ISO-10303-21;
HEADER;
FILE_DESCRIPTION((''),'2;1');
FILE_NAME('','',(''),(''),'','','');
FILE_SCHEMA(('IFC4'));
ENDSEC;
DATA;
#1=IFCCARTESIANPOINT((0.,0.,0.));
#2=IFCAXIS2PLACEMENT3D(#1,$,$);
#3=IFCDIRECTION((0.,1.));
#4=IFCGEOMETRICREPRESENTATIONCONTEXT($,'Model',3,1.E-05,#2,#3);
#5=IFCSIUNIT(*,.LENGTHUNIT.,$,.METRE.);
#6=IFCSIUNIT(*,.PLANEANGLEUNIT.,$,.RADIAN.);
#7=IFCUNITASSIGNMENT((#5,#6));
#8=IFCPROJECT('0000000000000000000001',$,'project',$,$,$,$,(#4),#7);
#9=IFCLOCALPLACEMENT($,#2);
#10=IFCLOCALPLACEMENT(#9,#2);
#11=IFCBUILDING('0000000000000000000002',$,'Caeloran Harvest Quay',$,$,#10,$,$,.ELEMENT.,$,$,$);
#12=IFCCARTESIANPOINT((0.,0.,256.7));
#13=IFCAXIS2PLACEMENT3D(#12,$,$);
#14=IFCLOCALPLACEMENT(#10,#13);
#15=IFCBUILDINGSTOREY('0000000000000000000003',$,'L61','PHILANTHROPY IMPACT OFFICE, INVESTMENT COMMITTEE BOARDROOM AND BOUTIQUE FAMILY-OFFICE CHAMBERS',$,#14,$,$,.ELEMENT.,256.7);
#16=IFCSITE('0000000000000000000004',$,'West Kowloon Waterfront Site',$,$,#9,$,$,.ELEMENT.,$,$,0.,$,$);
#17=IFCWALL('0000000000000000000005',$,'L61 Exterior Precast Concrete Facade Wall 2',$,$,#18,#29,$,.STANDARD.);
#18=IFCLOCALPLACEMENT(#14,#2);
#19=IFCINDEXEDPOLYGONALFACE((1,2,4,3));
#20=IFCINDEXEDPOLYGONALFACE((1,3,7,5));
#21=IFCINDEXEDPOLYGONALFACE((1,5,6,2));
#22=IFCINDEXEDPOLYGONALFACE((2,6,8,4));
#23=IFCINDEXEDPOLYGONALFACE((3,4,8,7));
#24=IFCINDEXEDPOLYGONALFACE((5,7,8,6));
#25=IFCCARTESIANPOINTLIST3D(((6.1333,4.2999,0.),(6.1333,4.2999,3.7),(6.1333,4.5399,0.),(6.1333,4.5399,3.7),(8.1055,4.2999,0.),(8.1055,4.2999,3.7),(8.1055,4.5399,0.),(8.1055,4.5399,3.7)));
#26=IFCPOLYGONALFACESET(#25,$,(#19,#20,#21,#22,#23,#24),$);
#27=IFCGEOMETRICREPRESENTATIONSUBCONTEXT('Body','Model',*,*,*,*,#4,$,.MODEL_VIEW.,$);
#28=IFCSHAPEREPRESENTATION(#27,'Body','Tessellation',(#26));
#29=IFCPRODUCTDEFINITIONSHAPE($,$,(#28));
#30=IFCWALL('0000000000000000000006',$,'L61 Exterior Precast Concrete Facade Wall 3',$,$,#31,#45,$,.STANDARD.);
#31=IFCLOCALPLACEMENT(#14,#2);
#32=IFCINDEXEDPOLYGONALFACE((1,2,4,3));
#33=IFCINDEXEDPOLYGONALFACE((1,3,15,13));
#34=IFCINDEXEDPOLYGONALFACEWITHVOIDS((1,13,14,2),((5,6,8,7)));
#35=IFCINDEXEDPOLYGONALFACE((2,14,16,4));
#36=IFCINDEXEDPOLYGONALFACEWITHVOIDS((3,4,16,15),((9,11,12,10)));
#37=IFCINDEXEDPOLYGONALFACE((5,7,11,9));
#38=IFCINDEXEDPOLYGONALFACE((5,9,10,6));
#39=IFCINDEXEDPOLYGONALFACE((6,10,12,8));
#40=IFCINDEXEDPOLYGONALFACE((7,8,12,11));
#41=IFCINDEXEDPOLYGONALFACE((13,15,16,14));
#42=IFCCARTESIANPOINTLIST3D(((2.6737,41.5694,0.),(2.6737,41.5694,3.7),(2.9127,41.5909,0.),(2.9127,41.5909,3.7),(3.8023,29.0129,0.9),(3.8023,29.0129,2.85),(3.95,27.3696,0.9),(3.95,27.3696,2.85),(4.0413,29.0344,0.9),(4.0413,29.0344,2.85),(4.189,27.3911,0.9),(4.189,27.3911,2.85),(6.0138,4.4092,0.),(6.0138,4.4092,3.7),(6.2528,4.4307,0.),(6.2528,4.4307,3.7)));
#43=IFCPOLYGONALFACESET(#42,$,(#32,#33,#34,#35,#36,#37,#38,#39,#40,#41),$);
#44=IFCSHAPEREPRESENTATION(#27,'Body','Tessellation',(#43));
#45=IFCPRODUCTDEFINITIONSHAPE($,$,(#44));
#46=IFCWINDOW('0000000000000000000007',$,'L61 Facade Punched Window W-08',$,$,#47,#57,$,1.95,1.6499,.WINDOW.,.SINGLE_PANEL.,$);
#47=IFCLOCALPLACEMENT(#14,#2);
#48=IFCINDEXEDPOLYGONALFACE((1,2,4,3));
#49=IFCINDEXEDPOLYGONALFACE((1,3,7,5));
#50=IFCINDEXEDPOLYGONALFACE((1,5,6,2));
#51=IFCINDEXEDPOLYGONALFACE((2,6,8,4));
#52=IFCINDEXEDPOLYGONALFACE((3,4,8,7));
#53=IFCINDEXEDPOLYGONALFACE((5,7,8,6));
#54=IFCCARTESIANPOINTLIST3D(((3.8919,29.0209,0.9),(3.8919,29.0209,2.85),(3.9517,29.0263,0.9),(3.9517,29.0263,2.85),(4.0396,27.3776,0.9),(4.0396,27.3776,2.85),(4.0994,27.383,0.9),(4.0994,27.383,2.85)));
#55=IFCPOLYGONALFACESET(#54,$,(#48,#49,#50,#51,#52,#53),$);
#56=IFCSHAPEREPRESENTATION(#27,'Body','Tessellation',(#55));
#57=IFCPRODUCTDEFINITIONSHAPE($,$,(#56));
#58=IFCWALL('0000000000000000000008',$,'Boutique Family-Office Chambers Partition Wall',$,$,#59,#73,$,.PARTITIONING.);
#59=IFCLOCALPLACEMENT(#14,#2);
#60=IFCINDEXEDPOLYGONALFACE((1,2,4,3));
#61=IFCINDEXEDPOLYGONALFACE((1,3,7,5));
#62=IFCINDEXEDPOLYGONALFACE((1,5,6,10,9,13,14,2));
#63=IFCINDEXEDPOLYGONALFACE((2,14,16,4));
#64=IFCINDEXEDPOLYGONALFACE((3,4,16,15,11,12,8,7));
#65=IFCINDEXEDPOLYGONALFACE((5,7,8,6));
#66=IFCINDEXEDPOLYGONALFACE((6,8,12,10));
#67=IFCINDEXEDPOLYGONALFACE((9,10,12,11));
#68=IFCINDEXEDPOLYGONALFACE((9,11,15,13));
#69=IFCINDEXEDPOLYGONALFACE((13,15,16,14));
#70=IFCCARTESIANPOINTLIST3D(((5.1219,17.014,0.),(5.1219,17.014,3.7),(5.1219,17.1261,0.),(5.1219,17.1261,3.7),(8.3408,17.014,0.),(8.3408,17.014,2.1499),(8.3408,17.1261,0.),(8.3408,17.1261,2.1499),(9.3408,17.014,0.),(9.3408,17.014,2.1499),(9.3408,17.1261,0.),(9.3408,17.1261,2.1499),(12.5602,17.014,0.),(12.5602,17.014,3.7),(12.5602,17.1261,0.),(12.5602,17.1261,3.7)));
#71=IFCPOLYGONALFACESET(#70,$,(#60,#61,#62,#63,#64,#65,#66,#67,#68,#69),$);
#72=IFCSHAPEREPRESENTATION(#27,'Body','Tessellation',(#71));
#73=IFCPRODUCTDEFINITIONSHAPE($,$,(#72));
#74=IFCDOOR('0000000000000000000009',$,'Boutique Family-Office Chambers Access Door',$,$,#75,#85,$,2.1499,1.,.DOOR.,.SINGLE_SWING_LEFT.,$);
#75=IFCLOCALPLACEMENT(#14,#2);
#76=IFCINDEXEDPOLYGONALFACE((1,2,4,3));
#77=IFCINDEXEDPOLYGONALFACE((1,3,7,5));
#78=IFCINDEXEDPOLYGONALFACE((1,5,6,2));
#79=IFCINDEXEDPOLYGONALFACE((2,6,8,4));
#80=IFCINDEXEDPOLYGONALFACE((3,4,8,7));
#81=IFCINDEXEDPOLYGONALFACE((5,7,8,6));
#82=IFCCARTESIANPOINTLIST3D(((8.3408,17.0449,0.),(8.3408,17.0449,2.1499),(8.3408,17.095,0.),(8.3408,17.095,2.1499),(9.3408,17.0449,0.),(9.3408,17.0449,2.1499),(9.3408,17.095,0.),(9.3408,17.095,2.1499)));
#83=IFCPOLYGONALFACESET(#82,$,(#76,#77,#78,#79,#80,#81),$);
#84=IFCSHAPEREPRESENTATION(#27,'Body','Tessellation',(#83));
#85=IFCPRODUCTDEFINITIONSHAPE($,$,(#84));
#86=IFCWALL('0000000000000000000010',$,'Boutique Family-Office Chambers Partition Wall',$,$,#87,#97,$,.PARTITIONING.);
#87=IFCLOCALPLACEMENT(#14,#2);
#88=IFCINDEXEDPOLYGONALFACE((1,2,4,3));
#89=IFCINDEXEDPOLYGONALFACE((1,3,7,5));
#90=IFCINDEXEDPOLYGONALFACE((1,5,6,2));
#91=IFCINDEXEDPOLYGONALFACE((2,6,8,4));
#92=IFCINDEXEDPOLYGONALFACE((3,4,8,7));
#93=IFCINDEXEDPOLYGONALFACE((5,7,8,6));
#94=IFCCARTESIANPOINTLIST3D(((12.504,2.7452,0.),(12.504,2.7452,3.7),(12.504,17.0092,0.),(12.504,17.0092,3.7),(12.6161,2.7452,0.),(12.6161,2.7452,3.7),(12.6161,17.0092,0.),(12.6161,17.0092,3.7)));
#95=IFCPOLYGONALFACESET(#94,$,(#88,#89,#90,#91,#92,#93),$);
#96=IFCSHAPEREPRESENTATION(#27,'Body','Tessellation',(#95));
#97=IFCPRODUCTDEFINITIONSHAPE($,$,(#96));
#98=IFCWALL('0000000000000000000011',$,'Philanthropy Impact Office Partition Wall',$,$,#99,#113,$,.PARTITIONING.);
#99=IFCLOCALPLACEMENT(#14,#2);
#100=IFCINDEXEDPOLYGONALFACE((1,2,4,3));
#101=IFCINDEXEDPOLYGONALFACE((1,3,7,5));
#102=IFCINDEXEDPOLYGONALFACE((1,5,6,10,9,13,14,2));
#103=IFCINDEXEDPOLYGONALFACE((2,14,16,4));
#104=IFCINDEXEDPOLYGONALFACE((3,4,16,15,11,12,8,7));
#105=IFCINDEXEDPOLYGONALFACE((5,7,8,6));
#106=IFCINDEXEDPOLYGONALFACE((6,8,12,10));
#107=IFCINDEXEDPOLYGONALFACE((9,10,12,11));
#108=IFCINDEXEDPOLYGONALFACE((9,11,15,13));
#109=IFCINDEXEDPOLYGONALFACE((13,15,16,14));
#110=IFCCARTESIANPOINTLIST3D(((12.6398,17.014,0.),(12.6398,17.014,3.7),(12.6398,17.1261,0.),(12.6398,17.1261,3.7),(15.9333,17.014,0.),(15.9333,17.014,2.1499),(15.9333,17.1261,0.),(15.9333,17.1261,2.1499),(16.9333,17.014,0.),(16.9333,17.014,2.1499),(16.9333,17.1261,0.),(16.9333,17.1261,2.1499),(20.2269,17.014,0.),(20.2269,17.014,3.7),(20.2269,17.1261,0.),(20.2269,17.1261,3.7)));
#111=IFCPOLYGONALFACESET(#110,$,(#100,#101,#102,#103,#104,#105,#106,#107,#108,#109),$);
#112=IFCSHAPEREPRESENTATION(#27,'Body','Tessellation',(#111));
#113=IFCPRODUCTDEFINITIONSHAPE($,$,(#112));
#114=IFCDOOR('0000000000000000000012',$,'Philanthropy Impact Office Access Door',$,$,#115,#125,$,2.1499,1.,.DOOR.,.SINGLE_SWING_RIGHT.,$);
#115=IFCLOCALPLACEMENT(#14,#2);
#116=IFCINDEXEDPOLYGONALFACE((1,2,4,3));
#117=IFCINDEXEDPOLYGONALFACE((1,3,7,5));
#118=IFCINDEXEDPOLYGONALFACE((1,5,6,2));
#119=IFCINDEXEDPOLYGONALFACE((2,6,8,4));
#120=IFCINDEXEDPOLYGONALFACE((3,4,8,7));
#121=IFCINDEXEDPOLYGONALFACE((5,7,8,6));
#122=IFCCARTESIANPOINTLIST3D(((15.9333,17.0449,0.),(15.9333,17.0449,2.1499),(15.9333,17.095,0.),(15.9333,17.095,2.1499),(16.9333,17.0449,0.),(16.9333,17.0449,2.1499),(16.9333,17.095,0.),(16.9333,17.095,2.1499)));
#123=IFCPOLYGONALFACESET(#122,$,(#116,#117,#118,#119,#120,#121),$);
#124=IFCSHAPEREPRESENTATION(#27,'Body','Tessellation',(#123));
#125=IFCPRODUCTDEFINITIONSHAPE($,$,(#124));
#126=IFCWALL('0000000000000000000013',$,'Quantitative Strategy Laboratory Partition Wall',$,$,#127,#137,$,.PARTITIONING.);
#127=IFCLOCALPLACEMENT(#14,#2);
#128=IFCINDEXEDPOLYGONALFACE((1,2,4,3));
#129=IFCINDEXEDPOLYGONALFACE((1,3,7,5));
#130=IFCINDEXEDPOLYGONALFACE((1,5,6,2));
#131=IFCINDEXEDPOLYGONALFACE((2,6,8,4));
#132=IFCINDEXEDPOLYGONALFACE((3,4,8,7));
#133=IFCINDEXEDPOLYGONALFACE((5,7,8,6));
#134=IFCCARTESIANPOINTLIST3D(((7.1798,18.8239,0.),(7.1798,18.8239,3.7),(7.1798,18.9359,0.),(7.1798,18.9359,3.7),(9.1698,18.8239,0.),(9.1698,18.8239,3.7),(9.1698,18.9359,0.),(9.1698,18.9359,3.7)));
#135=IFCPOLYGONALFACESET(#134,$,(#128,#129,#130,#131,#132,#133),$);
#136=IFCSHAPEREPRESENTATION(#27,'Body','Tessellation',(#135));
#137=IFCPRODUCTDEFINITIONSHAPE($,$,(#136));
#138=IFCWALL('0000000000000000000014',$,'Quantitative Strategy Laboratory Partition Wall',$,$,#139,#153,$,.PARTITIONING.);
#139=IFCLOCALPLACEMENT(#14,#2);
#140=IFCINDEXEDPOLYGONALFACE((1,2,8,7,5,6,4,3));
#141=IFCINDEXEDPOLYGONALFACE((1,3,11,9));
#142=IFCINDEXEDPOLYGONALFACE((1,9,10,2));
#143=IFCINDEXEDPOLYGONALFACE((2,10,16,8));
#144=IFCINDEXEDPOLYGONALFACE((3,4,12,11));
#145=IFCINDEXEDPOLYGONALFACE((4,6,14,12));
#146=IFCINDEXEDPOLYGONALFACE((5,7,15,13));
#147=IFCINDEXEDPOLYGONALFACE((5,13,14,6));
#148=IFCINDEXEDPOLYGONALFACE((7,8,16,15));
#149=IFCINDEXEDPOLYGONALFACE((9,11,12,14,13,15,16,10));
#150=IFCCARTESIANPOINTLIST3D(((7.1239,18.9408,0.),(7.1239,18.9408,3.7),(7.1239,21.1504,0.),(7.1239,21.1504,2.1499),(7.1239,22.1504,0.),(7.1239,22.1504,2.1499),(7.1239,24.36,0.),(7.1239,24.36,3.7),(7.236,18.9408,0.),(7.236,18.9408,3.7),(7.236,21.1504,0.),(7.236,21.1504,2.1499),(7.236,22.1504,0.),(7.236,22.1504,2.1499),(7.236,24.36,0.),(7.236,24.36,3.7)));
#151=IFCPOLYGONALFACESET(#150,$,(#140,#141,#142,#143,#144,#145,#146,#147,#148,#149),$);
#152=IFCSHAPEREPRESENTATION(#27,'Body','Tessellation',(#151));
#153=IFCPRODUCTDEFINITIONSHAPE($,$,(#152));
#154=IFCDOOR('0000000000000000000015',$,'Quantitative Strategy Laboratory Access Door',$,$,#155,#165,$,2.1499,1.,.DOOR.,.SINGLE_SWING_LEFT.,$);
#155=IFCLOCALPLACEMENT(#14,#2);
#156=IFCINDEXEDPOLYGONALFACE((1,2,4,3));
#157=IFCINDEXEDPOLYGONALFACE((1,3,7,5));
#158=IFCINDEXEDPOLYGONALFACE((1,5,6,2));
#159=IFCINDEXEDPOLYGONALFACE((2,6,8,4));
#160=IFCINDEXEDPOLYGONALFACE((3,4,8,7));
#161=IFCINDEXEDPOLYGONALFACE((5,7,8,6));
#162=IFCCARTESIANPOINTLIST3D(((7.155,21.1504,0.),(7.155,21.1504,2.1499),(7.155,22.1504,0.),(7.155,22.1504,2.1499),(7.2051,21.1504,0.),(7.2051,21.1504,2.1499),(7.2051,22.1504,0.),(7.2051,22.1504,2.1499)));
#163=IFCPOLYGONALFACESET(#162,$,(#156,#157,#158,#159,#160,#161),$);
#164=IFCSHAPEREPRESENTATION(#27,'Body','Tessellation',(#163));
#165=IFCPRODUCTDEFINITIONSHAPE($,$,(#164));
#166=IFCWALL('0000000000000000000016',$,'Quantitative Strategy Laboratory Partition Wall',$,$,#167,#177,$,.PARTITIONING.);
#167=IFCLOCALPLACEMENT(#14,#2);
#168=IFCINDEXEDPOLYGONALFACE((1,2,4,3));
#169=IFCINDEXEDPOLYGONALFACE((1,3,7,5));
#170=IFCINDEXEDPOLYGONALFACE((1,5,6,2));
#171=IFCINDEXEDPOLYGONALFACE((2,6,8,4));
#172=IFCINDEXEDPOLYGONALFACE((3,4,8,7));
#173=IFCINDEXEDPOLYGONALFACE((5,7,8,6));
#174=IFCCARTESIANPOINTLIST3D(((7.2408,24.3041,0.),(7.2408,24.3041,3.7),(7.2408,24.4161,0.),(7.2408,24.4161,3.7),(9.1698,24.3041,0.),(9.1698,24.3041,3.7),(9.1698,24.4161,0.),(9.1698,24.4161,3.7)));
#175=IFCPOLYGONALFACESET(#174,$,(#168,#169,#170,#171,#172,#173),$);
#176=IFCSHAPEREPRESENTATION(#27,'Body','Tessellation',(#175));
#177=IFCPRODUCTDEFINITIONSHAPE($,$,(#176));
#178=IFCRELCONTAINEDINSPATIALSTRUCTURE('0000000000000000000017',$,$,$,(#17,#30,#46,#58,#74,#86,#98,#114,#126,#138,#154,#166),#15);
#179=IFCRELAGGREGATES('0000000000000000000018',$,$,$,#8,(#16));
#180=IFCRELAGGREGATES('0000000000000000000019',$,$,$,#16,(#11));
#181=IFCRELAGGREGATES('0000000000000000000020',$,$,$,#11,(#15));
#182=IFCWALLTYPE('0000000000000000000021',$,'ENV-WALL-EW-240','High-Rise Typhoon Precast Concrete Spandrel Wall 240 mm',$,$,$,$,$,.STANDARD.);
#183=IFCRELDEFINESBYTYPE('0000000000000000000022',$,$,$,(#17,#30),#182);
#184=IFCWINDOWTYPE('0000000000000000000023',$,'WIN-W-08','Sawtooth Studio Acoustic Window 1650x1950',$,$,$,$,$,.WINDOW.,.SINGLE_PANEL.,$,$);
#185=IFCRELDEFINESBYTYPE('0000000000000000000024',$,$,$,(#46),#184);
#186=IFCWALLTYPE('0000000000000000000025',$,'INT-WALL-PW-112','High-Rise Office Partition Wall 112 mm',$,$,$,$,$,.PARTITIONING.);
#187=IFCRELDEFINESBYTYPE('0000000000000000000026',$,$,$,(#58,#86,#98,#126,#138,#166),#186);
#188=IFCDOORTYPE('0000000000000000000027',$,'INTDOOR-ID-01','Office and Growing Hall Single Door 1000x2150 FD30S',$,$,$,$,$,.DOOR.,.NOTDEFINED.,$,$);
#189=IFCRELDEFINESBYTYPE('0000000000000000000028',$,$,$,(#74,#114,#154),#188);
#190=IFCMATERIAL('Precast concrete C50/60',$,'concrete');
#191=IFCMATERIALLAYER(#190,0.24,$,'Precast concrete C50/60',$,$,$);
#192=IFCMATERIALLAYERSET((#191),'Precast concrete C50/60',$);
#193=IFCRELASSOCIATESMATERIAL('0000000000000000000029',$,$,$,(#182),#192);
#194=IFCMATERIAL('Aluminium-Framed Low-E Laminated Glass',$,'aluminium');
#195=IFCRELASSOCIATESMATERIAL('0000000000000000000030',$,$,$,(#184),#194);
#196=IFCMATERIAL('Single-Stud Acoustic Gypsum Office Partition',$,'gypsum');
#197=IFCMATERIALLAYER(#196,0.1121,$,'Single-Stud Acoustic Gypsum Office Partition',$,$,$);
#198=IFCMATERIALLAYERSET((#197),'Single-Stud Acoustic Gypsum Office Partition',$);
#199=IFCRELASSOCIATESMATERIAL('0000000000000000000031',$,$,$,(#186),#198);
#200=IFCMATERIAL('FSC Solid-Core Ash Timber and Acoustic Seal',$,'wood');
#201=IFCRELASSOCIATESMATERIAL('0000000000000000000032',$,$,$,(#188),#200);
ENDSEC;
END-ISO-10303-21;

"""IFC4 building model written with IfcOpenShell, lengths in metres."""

from ifc_helpers import new_model, si_unit, direction, frame, frame_2d, origin, place, context, subcontext, project, spatial, rectangle, extrude, material, layer, layer_set, type_object, element, fill, save


model = new_model("IFC4")

# Units and contexts
model_context = context("Model", 3, precision=1e-05, world=origin(), true_north=direction((0.0, 1.0)))
body_context = subcontext(model_context, "Body", "Model", "MODEL_VIEW")
ifc_project = project(units=[si_unit("LENGTHUNIT", "METRE"), si_unit("PLANEANGLEUNIT", "RADIAN")], contexts=[model_context])

# Site, building, storey
site_placement = place(None, origin())
site = spatial("IfcSite", under=ifc_project, at=site_placement, Name="West Kowloon Waterfront Site", CompositionType="ELEMENT", RefElevation=0.0)
building_placement = place(site_placement, origin())
building = spatial("IfcBuilding", under=site, at=building_placement, Name="Caeloran Harvest Quay", CompositionType="ELEMENT")
storey_placement = place(building_placement, frame((0.0, 0.0, 256.7)))
storey = spatial("IfcBuildingStorey", under=building, at=storey_placement, Name="L61", Description="PHILANTHROPY IMPACT OFFICE, INVESTMENT COMMITTEE BOARDROOM AND BOUTIQUE FAMILY-OFFICE CHAMBERS", CompositionType="ELEMENT", Elevation=256.7)

# Shared definitions
ifc_material_1 = material(Name="Precast concrete C50/60", Category="concrete")

# Wall
ifc_layer_1 = layer(ifc_material_1, 0.24, Name="Precast concrete C50/60")
ifc_layer_set_1 = layer_set([ifc_layer_1], Name="Precast concrete C50/60")
wall_type_1 = type_object("IfcWallType", Name="ENV-WALL-EW-240", Description="High-Rise Typhoon Precast Concrete Spandrel Wall 240 mm", PredefinedType="STANDARD", material=ifc_layer_set_1)
wall_1_placement = place(storey_placement, frame((8.1055, 4.4199, 0.0), z_axis=(0.0, 0.0, 1.0), x_axis=(-1.0, 0.0, 0.0)))
element("IfcWall", 1, at=wall_1_placement, inside=storey, type_object=wall_type_1, Name="L61 Exterior Precast Concrete Facade Wall 2", PredefinedType="STANDARD", context=body_context, shape_type="SweptSolid", body=[
    extrude(rectangle(XDim=1.9722, YDim=0.24, at=frame_2d((0.9861, 0.0))), origin(), (0.0, 0.0, 1.0), 3.7),
])

# Wall, opening, window
wall_2_placement = place(storey_placement, frame((6.1333, 4.4199, 0.0), z_axis=(0.0, 0.0, 1.0), x_axis=(-0.089523, 0.995985, 0.0)))
wall_2 = element("IfcWall", 2, at=wall_2_placement, inside=storey, type_object=wall_type_1, Name="L61 Exterior Precast Concrete Facade Wall 3", PredefinedType="STANDARD", context=body_context, shape_type="SweptSolid", body=[
    extrude(rectangle(XDim=37.3101, YDim=0.24, at=frame_2d((18.655, 0.0))), origin(), (0.0, 0.0, 1.0), 3.7),
])
opening_1_placement = place(wall_2_placement, frame((23.053, 0.0, 0.8999)))
opening_1 = element("IfcOpeningElement", 3, at=opening_1_placement, cuts=wall_2, PredefinedType="OPENING", context=body_context, shape_type="SweptSolid", body=[
    extrude(rectangle(XDim=1.6499, YDim=1.95, at=frame_2d((0.825, 0.9751))), frame((0.0, 0.1299, 0.0), z_axis=(0.0, -1.0, 0.0), x_axis=(1.0, 0.0, 0.0)), (0.0, 0.0, 1.0), 0.26),
])
ifc_material_2 = material(Name="Aluminium-Framed Low-E Laminated Glass", Category="aluminium")
window_type = type_object("IfcWindowType", Name="WIN-W-08", Description="Sawtooth Studio Acoustic Window 1650x1950", PartitioningType="SINGLE_PANEL", PredefinedType="WINDOW", material=ifc_material_2)
window_placement = place(opening_1_placement, origin())
window = element("IfcWindow", 4, at=window_placement, inside=storey, type_object=window_type, Name="L61 Facade Punched Window W-08", OverallHeight=1.95, OverallWidth=1.6499, PartitioningType="SINGLE_PANEL", PredefinedType="WINDOW", context=body_context, shape_type="SweptSolid", body=[
    extrude(rectangle(XDim=1.6499, YDim=1.95, at=frame_2d((0.825, 0.9751))), frame((0.0, 0.03, 0.0), z_axis=(0.0, -1.0, 0.0), x_axis=(1.0, 0.0, 0.0)), (0.0, 0.0, 1.0), 0.0601),
])
fill(opening_1, window)

# Wall, opening, door
ifc_material_3 = material(Name="Single-Stud Acoustic Gypsum Office Partition", Category="gypsum")
ifc_layer_2 = layer(ifc_material_3, 0.1121, Name="Single-Stud Acoustic Gypsum Office Partition")
ifc_layer_set_2 = layer_set([ifc_layer_2], Name="Single-Stud Acoustic Gypsum Office Partition")
wall_type_2 = type_object("IfcWallType", Name="INT-WALL-PW-112", Description="High-Rise Office Partition Wall 112 mm", PredefinedType="PARTITIONING", material=ifc_layer_set_2)
wall_3_placement = place(storey_placement, frame((5.1218, 17.0701, 0.0), z_axis=(0.0, 0.0, 1.0), x_axis=(1.0, 0.0, 0.0)))
wall_3 = element("IfcWall", 5, at=wall_3_placement, inside=storey, type_object=wall_type_2, Name="Boutique Family-Office Chambers Partition Wall", PredefinedType="PARTITIONING", context=body_context, shape_type="SweptSolid", body=[
    extrude(rectangle(XDim=7.4382, YDim=0.1121, at=frame_2d((3.7192, 0.0))), origin(), (0.0, 0.0, 1.0), 3.7),
])
opening_2_placement = place(wall_3_placement, frame((3.219, 0.0, 0.0)))
opening_2 = element("IfcOpeningElement", 6, at=opening_2_placement, cuts=wall_3, PredefinedType="OPENING", context=body_context, shape_type="SweptSolid", body=[
    extrude(rectangle(XDim=1.0, YDim=2.1499, at=frame_2d((0.5, 1.075))), frame((0.0, 0.0659, 0.0), z_axis=(0.0, -1.0, 0.0), x_axis=(1.0, 0.0, 0.0)), (0.0, 0.0, 1.0), 0.1321),
])
ifc_material_4 = material(Name="FSC Solid-Core Ash Timber and Acoustic Seal", Category="wood")
door_type = type_object("IfcDoorType", Name="INTDOOR-ID-01", Description="Office and Growing Hall Single Door 1000x2150 FD30S", OperationType="NOTDEFINED", PredefinedType="DOOR", material=ifc_material_4)
door_1_placement = place(opening_2_placement, origin())
door_1 = element("IfcDoor", 7, at=door_1_placement, inside=storey, type_object=door_type, Name="Boutique Family-Office Chambers Access Door", OperationType="SINGLE_SWING_LEFT", OverallHeight=2.1499, OverallWidth=1.0, PredefinedType="DOOR", context=body_context, shape_type="SweptSolid", body=[
    extrude(rectangle(XDim=1.0, YDim=2.1499, at=frame_2d((0.5, 1.075))), frame((0.0, 0.0249, 0.0), z_axis=(0.0, -1.0, 0.0), x_axis=(1.0, 0.0, 0.0)), (0.0, 0.0, 1.0), 0.05),
])
fill(opening_2, door_1)

# Wall
wall_4_placement = place(storey_placement, frame((12.5601, 17.009, 0.0), z_axis=(0.0, 0.0, 1.0), x_axis=(0.0, -1.0, 0.0)))
element("IfcWall", 8, at=wall_4_placement, inside=storey, type_object=wall_type_2, Name="Boutique Family-Office Chambers Partition Wall", PredefinedType="PARTITIONING", context=body_context, shape_type="SweptSolid", body=[
    extrude(rectangle(XDim=14.2639, YDim=0.1121, at=frame_2d((7.1318, 0.0))), origin(), (0.0, 0.0, 1.0), 3.7),
])

# Wall, opening, door
wall_5_placement = place(storey_placement, frame((12.6399, 17.0701, 0.0), z_axis=(0.0, 0.0, 1.0), x_axis=(1.0, 0.0, 0.0)))
wall_5 = element("IfcWall", 9, at=wall_5_placement, inside=storey, type_object=wall_type_2, Name="Philanthropy Impact Office Partition Wall", PredefinedType="PARTITIONING", context=body_context, shape_type="SweptSolid", body=[
    extrude(rectangle(XDim=7.5872, YDim=0.1121, at=frame_2d((3.7935, 0.0))), origin(), (0.0, 0.0, 1.0), 3.7),
])
opening_3_placement = place(wall_5_placement, frame((3.2935, 0.0, 0.0)))
opening_3 = element("IfcOpeningElement", 10, at=opening_3_placement, cuts=wall_5, PredefinedType="OPENING", context=body_context, shape_type="SweptSolid", body=[
    extrude(rectangle(XDim=1.0, YDim=2.1499, at=frame_2d((0.5, 1.075))), frame((0.0, 0.0659, 0.0), z_axis=(0.0, -1.0, 0.0), x_axis=(1.0, 0.0, 0.0)), (0.0, 0.0, 1.0), 0.1321),
])
door_2_placement = place(opening_3_placement, origin())
door_2 = element("IfcDoor", 11, at=door_2_placement, inside=storey, type_object=door_type, Name="Philanthropy Impact Office Access Door", OperationType="SINGLE_SWING_RIGHT", OverallHeight=2.1499, OverallWidth=1.0, PredefinedType="DOOR", context=body_context, shape_type="SweptSolid", body=[
    extrude(rectangle(XDim=1.0, YDim=2.1499, at=frame_2d((0.5, 1.075))), frame((0.0, 0.0249, 0.0), z_axis=(0.0, -1.0, 0.0), x_axis=(1.0, 0.0, 0.0)), (0.0, 0.0, 1.0), 0.05),
])
fill(opening_3, door_2)

# Wall
wall_6_placement = place(storey_placement, frame((9.1699, 18.8799, 0.0), z_axis=(0.0, 0.0, 1.0), x_axis=(-1.0, 0.0, 0.0)))
element("IfcWall", 12, at=wall_6_placement, inside=storey, type_object=wall_type_2, Name="Quantitative Strategy Laboratory Partition Wall", PredefinedType="PARTITIONING", context=body_context, shape_type="SweptSolid", body=[
    extrude(rectangle(XDim=1.99, YDim=0.1121, at=frame_2d((0.9951, 0.0))), origin(), (0.0, 0.0, 1.0), 3.7),
])

# Wall, opening, door
wall_7_placement = place(storey_placement, frame((7.1799, 18.9409, 0.0), z_axis=(0.0, 0.0, 1.0), x_axis=(0.0, 1.0, 0.0)))
wall_7 = element("IfcWall", 13, at=wall_7_placement, inside=storey, type_object=wall_type_2, Name="Quantitative Strategy Laboratory Partition Wall", PredefinedType="PARTITIONING", context=body_context, shape_type="SweptSolid", body=[
    extrude(rectangle(XDim=5.4192, YDim=0.1121, at=frame_2d((2.7095, 0.0))), origin(), (0.0, 0.0, 1.0), 3.7),
])
opening_4_placement = place(wall_7_placement, frame((2.2095, 0.0, 0.0)))
opening_4 = element("IfcOpeningElement", 14, at=opening_4_placement, cuts=wall_7, PredefinedType="OPENING", context=body_context, shape_type="SweptSolid", body=[
    extrude(rectangle(XDim=1.0, YDim=2.1499, at=frame_2d((0.5, 1.075))), frame((0.0, 0.0659, 0.0), z_axis=(0.0, -1.0, 0.0), x_axis=(1.0, 0.0, 0.0)), (0.0, 0.0, 1.0), 0.1321),
])
door_3_placement = place(opening_4_placement, origin())
door_3 = element("IfcDoor", 15, at=door_3_placement, inside=storey, type_object=door_type, Name="Quantitative Strategy Laboratory Access Door", OperationType="SINGLE_SWING_LEFT", OverallHeight=2.1499, OverallWidth=1.0, PredefinedType="DOOR", context=body_context, shape_type="SweptSolid", body=[
    extrude(rectangle(XDim=1.0, YDim=2.1499, at=frame_2d((0.5, 1.075))), frame((0.0, 0.0249, 0.0), z_axis=(0.0, -1.0, 0.0), x_axis=(1.0, 0.0, 0.0)), (0.0, 0.0, 1.0), 0.05),
])
fill(opening_4, door_3)

# Wall
wall_8_placement = place(storey_placement, frame((7.241, 24.3601, 0.0), z_axis=(0.0, 0.0, 1.0), x_axis=(1.0, 0.0, 0.0)))
element("IfcWall", 16, at=wall_8_placement, inside=storey, type_object=wall_type_2, Name="Quantitative Strategy Laboratory Partition Wall", PredefinedType="PARTITIONING", context=body_context, shape_type="SweptSolid", body=[
    extrude(rectangle(XDim=1.929, YDim=0.1121, at=frame_2d((0.9644, 0.0))), origin(), (0.0, 0.0, 1.0), 3.7),
])

save(model, "model.ifc")
